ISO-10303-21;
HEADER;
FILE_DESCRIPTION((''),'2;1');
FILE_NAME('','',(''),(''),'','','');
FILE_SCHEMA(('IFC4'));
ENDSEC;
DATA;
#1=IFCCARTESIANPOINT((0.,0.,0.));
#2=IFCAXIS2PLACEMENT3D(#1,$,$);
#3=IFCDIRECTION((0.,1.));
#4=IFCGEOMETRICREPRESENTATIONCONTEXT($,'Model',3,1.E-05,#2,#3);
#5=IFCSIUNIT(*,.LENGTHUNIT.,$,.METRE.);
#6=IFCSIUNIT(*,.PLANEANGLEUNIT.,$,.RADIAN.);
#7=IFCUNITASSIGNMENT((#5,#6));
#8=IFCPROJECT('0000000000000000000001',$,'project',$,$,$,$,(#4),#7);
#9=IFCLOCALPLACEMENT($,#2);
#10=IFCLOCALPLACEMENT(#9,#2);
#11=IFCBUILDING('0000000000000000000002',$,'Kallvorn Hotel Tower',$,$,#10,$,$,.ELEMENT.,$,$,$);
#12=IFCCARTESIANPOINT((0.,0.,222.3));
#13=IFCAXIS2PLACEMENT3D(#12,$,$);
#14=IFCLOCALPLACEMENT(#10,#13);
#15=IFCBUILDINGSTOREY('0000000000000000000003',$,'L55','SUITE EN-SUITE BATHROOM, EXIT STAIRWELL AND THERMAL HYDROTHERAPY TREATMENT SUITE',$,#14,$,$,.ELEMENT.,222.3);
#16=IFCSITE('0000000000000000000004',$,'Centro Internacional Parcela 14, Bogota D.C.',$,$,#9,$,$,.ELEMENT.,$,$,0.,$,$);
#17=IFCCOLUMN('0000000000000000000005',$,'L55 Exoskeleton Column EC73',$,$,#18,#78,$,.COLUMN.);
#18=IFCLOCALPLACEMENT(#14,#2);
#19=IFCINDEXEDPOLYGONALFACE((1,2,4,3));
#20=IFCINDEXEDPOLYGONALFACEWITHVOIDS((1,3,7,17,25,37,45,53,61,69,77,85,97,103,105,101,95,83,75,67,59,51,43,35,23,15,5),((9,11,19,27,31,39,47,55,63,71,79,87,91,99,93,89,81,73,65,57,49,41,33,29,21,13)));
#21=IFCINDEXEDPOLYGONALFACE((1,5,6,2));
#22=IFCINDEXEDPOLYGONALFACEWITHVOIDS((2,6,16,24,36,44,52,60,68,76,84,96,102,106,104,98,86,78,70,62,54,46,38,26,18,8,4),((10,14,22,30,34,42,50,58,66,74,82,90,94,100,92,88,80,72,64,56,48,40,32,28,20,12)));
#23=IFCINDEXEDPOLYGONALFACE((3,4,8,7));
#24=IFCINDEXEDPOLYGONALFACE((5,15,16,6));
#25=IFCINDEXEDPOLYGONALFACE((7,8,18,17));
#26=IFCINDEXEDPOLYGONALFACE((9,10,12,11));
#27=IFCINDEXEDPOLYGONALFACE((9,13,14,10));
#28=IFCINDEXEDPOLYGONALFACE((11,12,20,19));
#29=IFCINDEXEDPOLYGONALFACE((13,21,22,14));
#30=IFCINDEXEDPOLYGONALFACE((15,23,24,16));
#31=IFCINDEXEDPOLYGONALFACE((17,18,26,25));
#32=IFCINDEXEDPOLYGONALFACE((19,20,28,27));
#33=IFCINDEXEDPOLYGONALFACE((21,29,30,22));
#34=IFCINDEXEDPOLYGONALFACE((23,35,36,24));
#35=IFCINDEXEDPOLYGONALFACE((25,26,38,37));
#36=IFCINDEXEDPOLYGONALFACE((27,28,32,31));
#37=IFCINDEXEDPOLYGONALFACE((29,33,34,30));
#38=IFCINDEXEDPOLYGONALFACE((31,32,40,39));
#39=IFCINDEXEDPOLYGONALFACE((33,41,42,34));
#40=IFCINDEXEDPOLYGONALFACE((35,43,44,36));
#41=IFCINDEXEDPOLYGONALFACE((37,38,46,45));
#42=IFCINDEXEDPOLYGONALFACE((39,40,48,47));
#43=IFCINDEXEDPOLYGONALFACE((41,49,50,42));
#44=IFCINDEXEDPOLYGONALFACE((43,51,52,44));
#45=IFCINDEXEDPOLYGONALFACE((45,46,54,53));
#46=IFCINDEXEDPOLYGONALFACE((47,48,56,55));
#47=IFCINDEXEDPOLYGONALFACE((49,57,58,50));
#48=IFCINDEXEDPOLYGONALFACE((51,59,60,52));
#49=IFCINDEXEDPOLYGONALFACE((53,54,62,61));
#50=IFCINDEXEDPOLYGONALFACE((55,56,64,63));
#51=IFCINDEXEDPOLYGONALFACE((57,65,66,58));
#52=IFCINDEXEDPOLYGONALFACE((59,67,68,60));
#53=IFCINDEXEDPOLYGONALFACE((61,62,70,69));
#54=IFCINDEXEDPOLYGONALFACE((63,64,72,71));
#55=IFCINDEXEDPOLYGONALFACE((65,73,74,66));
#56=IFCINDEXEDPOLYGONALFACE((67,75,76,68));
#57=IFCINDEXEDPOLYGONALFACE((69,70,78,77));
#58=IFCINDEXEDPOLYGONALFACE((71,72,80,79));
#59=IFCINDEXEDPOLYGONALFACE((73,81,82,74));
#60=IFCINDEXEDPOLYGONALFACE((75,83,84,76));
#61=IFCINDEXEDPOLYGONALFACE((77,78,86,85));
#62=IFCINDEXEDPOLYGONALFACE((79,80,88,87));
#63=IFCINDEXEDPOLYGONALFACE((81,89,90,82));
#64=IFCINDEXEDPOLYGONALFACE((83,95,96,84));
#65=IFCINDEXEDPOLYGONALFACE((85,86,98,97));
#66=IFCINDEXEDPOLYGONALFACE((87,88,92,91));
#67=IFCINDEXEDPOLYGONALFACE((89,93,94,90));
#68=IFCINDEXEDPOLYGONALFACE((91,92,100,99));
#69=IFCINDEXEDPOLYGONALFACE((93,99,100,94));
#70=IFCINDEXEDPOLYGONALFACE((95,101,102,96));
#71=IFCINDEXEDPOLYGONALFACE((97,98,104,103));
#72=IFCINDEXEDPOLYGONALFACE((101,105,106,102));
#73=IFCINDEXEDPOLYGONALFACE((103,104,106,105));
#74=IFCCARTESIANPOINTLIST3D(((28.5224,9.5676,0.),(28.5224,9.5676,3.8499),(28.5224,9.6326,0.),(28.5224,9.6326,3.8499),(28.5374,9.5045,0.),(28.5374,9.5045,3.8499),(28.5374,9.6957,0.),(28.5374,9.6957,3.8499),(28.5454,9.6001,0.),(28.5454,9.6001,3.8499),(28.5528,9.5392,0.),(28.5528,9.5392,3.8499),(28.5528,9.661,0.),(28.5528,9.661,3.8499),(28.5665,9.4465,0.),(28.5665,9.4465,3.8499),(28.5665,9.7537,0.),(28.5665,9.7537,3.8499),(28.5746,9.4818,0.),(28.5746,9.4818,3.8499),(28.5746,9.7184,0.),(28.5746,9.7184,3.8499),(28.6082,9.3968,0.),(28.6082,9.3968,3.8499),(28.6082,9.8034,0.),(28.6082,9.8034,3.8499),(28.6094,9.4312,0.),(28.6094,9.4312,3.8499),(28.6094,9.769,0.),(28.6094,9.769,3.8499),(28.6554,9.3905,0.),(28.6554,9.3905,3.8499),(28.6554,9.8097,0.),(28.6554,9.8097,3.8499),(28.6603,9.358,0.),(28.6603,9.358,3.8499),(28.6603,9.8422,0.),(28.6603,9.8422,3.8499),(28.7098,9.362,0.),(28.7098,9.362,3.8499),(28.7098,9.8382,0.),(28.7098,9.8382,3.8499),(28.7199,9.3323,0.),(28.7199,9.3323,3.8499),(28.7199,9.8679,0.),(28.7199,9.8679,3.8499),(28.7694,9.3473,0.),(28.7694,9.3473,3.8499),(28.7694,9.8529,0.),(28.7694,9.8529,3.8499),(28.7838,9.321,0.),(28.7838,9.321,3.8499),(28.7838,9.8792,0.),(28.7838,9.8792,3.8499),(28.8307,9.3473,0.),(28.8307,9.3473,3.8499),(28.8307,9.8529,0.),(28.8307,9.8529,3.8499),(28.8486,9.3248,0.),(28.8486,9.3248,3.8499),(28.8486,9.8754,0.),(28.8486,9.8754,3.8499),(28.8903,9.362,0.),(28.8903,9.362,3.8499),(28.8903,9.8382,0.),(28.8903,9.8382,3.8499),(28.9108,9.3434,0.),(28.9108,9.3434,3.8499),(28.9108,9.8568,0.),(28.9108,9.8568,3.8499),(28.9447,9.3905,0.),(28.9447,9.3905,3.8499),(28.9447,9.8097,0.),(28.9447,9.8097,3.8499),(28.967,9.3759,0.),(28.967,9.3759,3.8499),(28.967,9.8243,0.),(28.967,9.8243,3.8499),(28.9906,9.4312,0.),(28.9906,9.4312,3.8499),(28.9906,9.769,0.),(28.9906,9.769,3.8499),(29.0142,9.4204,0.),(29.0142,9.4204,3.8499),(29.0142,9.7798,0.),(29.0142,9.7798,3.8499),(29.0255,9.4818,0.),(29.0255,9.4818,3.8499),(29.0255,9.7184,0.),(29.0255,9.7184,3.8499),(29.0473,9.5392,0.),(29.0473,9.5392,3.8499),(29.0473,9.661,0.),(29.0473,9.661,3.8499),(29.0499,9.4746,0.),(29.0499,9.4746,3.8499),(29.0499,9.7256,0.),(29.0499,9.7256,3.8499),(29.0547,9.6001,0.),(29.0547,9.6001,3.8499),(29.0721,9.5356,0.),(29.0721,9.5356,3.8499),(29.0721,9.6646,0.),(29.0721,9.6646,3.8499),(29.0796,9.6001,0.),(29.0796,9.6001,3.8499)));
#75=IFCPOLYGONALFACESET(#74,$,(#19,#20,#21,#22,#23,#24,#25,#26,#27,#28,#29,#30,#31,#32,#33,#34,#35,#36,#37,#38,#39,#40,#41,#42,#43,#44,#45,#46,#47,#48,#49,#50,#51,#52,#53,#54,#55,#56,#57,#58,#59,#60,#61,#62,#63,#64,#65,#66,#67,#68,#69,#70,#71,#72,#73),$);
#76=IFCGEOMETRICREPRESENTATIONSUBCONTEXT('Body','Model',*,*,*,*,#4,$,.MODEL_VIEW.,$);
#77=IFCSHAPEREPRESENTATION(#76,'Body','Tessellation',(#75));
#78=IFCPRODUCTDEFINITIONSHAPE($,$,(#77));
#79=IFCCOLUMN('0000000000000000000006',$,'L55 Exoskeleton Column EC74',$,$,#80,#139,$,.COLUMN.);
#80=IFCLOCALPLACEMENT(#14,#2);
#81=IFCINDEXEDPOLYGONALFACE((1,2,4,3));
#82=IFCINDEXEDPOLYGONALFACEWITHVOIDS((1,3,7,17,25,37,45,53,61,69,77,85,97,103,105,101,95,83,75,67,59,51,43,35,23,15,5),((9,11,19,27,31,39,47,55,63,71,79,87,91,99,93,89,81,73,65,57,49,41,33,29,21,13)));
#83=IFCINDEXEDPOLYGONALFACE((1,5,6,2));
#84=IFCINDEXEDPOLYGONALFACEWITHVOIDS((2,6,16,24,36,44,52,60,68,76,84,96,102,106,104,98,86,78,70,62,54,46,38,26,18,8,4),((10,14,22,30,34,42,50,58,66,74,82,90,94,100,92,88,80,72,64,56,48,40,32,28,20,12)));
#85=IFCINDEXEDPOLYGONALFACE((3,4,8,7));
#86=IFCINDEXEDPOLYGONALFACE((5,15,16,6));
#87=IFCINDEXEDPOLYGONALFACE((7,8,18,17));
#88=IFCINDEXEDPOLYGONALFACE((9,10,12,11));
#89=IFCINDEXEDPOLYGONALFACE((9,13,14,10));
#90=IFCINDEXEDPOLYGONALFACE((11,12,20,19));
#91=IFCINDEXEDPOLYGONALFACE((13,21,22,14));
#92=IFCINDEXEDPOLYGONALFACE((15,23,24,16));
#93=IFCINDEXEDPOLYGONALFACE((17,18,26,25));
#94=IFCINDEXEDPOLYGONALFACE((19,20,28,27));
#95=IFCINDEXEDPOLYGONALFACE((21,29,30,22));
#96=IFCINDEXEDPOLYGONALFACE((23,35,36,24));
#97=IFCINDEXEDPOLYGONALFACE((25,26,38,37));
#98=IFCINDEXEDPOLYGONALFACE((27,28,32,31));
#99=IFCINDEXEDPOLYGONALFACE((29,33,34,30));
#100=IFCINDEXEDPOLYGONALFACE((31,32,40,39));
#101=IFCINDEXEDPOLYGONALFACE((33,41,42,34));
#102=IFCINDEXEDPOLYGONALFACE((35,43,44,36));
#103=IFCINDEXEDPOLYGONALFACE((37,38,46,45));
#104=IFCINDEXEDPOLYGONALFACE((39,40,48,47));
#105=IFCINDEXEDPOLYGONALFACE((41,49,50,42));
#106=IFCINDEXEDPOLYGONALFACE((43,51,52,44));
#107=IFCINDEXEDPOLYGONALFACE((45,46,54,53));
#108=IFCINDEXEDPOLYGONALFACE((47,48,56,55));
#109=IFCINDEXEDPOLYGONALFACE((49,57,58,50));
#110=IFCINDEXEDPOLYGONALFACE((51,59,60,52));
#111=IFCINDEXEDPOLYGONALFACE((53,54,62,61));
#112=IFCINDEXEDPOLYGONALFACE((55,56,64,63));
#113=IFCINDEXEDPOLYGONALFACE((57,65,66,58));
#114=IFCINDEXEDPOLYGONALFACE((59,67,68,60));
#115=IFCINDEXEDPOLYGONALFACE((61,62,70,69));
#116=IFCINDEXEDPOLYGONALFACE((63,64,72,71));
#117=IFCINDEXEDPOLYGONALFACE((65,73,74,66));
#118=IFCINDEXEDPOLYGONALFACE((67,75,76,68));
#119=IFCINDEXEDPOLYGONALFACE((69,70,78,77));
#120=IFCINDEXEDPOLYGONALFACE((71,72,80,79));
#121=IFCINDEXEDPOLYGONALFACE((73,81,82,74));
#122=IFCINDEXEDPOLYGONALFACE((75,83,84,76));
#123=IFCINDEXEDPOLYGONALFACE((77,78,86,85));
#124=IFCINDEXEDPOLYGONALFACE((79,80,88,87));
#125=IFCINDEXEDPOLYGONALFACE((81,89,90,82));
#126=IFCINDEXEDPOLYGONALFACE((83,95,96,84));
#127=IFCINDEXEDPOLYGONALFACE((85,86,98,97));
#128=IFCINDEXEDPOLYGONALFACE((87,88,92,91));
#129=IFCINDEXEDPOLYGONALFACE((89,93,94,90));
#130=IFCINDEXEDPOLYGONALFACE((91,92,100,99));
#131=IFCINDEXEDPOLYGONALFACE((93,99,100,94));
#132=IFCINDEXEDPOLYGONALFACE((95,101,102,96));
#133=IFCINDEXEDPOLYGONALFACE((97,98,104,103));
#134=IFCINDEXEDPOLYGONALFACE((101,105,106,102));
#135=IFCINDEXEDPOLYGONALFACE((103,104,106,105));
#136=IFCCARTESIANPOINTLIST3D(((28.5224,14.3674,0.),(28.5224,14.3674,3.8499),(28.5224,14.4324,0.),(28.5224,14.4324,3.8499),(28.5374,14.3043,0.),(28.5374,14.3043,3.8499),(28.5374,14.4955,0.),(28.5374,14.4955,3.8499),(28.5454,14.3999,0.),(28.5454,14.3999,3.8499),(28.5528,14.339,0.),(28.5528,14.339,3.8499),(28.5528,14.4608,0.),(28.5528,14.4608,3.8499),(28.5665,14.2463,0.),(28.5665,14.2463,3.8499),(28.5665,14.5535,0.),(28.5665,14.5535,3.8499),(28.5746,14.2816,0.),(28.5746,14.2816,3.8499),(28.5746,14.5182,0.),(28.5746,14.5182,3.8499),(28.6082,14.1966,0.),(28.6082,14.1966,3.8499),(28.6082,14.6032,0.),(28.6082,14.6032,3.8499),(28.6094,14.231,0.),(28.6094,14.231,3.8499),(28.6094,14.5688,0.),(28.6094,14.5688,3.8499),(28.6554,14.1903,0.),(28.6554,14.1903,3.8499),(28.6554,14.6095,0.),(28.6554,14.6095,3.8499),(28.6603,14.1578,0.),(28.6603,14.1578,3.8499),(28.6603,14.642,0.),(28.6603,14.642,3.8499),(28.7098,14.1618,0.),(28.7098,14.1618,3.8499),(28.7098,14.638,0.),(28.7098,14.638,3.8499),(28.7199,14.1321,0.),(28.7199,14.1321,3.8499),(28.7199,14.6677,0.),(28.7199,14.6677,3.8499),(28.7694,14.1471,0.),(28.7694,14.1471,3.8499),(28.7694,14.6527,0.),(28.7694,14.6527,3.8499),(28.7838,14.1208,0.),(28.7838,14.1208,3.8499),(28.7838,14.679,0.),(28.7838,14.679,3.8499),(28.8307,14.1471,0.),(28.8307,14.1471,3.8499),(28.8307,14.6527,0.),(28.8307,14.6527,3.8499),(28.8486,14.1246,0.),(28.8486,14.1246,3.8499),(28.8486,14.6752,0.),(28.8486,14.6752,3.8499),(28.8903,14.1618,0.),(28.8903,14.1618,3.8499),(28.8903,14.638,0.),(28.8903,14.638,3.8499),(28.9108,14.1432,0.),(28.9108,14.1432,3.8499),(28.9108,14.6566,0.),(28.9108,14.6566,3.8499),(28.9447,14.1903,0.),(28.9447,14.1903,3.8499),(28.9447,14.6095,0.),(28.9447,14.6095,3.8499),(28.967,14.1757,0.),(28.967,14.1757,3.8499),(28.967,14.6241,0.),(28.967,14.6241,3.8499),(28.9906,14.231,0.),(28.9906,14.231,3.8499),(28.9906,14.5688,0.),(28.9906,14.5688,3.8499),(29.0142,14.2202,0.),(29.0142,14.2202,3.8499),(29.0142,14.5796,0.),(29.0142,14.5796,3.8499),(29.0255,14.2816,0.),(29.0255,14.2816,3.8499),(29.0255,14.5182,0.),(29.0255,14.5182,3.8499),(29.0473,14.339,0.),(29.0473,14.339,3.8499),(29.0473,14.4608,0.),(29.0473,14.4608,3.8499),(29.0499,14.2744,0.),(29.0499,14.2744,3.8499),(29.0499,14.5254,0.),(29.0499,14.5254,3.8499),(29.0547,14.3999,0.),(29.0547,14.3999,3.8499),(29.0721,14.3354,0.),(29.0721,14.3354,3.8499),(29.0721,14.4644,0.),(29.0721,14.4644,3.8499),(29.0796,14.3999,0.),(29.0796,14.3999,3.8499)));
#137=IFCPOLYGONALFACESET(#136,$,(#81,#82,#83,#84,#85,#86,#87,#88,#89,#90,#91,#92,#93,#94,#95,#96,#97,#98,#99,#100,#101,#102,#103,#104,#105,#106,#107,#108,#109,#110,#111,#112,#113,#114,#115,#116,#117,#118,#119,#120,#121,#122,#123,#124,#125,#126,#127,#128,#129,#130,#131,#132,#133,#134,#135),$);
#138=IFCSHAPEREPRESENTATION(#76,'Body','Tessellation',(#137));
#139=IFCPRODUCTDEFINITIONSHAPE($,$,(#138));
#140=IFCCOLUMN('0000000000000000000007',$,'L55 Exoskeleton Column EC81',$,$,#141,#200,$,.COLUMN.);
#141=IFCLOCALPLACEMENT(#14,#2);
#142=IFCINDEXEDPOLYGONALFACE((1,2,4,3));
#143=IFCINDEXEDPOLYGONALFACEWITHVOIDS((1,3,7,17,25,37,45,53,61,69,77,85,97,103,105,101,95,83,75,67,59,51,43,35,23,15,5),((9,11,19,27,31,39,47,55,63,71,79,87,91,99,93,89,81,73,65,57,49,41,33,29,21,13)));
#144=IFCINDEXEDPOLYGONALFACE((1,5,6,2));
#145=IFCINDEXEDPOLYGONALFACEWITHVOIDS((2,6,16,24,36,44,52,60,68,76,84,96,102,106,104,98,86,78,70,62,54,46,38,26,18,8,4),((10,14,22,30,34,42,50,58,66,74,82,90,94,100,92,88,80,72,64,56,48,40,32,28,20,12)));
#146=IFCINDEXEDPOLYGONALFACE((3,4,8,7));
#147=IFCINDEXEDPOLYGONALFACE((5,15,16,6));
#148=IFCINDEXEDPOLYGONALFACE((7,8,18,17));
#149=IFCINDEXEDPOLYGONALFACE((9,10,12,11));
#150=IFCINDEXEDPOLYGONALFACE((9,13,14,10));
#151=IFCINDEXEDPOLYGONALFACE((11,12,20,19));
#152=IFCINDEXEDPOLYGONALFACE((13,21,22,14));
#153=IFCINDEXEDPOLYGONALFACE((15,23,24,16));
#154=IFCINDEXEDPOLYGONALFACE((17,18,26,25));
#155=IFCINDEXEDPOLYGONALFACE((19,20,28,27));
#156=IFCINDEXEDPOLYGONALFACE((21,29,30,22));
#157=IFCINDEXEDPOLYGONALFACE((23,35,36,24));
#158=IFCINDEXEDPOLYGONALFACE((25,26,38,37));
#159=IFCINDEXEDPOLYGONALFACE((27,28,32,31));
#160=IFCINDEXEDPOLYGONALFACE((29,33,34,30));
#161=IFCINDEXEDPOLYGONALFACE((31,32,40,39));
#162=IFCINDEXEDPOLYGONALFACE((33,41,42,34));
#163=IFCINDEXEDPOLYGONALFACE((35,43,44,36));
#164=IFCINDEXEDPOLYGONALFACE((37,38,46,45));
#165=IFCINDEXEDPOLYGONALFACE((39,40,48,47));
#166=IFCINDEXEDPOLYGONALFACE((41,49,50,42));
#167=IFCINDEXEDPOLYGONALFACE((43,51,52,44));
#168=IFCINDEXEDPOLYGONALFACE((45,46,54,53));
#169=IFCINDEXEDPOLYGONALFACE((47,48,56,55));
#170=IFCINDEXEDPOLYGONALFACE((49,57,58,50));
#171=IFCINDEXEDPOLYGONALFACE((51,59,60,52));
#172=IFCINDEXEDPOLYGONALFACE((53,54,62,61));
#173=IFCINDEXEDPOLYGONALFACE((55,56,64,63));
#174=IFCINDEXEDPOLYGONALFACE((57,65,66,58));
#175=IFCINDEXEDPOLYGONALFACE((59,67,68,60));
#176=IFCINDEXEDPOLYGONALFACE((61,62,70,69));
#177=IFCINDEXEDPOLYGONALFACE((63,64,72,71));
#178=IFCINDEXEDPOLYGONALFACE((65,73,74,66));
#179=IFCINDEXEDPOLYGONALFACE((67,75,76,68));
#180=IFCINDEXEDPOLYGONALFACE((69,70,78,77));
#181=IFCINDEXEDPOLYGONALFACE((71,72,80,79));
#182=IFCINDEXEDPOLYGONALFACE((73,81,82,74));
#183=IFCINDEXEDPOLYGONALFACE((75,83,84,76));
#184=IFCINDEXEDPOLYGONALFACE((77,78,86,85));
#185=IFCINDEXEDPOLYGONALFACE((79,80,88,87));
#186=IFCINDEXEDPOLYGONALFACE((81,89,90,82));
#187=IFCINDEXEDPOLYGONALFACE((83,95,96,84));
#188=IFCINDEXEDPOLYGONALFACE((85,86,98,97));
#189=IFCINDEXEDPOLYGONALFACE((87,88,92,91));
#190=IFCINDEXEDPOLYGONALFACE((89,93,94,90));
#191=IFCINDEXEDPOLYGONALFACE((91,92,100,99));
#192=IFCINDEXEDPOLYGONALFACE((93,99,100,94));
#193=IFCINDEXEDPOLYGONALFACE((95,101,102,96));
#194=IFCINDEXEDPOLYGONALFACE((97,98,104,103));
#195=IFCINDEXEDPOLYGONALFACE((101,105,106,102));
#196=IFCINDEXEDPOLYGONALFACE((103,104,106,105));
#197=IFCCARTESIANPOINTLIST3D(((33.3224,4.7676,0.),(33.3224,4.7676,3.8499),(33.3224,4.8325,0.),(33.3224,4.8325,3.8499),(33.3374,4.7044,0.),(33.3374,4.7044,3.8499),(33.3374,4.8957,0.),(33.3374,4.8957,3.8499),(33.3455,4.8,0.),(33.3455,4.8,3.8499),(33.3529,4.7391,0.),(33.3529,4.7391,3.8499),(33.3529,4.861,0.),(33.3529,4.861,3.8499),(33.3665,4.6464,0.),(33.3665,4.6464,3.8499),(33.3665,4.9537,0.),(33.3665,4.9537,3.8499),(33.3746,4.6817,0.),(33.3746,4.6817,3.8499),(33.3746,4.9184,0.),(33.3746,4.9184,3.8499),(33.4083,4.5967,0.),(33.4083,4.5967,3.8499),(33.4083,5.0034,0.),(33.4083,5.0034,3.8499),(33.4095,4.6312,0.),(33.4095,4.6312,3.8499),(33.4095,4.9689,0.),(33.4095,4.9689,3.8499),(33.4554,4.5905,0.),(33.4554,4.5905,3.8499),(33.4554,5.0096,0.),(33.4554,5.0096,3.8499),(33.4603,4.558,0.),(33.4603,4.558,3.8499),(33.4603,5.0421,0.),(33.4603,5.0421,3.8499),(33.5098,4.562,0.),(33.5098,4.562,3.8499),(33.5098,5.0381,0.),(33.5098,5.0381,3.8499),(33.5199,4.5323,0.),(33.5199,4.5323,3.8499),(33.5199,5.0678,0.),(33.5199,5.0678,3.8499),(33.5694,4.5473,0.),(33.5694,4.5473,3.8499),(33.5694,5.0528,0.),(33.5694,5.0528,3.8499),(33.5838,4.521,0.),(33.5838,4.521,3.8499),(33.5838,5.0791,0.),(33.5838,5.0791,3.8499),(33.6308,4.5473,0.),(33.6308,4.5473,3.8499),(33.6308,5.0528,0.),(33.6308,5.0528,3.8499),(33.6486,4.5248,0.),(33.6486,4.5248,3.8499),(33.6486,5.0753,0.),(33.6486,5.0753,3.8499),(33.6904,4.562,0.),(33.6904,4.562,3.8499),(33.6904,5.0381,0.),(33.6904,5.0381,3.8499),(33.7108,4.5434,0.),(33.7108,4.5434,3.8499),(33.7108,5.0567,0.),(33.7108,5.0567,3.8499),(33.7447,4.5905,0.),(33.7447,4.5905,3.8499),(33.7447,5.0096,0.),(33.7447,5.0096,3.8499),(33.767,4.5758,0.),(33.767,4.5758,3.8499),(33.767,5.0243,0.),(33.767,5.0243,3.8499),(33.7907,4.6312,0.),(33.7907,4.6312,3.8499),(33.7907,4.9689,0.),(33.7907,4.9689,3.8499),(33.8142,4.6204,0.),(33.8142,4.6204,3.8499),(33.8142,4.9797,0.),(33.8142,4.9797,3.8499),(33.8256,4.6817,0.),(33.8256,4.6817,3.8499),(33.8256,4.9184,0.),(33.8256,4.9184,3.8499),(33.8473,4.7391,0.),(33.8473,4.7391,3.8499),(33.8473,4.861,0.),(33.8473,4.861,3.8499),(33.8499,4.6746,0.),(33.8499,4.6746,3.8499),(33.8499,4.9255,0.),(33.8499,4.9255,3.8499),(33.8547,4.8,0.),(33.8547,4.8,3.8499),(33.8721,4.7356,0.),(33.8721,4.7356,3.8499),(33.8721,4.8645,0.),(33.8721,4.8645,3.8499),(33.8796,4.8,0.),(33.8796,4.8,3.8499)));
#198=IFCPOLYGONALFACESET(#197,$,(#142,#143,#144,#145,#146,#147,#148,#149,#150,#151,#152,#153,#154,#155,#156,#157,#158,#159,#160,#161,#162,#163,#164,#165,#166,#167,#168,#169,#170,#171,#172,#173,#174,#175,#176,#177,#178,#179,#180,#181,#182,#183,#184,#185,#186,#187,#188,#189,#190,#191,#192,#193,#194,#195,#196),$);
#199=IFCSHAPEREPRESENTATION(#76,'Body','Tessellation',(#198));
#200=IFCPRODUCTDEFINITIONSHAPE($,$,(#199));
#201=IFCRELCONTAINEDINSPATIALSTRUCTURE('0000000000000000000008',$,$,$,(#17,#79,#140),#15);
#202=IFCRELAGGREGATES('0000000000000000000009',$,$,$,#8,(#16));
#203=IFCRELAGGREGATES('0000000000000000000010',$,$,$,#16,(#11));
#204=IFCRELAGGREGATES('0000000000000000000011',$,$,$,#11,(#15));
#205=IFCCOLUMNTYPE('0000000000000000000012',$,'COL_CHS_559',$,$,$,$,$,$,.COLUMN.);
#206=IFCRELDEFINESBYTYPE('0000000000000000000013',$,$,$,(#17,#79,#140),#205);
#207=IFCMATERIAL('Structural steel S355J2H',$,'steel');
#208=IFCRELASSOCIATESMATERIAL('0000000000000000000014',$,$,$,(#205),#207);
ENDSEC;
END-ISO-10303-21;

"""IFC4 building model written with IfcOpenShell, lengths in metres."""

from ifc_helpers import new_model, si_unit, direction, frame, origin, origin_2d, place, context, subcontext, project, spatial, hollow_circle, extrude, material, material_profile, profile_set, type_object, element, save


model = new_model("IFC4")

# Units and contexts
model_context = context("Model", 3, precision=1e-05, world=origin(), true_north=direction((0.0, 1.0)))
body_context = subcontext(model_context, "Body", "Model", "MODEL_VIEW")
ifc_project = project(units=[si_unit("LENGTHUNIT", "METRE"), si_unit("PLANEANGLEUNIT", "RADIAN")], contexts=[model_context])

# Site, building, storey
site_placement = place(None, origin())
site = spatial("IfcSite", under=ifc_project, at=site_placement, Name="Centro Internacional Parcela 14, Bogota D.C.", CompositionType="ELEMENT", RefElevation=0.0)
building_placement = place(site_placement, origin())
building = spatial("IfcBuilding", under=site, at=building_placement, Name="Kallvorn Hotel Tower", CompositionType="ELEMENT")
storey_placement = place(building_placement, frame((0.0, 0.0, 222.3)))
storey = spatial("IfcBuildingStorey", under=building, at=storey_placement, Name="L55", Description="SUITE EN-SUITE BATHROOM, EXIT STAIRWELL AND THERMAL HYDROTHERAPY TREATMENT SUITE", CompositionType="ELEMENT", Elevation=222.3)

# Columns
ifc_material_1 = material(Name="Structural steel S355J2H", Category="steel")
ifc_material_profile_1 = material_profile(ifc_material_1, hollow_circle(Radius=0.2795, WallThickness=0.0249, at=origin_2d()), Name="CHS 559x25")
ifc_profile_set_1 = profile_set([ifc_material_profile_1], Name="Structural steel S355J2H")
column_type_1 = type_object("IfcColumnType", Name="COL_CHS_559", PredefinedType="COLUMN", material=ifc_profile_set_1)
for number, where, z_axis, x_axis, name in (
    (1, (28.8, 9.6001, 0.0), (0.0, 0.0, 1.0), (1.0, 0.0, 0.0), "L55 Exoskeleton Column EC73"),
    (2, (28.8, 14.3999, 0.0), (0.0, 0.0, 1.0), (1.0, 0.0, 0.0), "L55 Exoskeleton Column EC74"),
    (3, (33.6001, 4.8, 0.0), (0.0, 0.0, 1.0), (1.0, 0.0, 0.0), "L55 Exoskeleton Column EC81"),
):
    element("IfcColumn", number, at=place(storey_placement, frame(where, z_axis=z_axis, x_axis=x_axis)), inside=storey, type_object=column_type_1, Name=name, PredefinedType="COLUMN", context=body_context, shape_type="SweptSolid", body=[
        extrude(hollow_circle(Radius=0.2795, WallThickness=0.0249, at=origin_2d()), origin(), (0.0, 0.0, 1.0), 3.8499),
    ])

save(model, "model.ifc")
